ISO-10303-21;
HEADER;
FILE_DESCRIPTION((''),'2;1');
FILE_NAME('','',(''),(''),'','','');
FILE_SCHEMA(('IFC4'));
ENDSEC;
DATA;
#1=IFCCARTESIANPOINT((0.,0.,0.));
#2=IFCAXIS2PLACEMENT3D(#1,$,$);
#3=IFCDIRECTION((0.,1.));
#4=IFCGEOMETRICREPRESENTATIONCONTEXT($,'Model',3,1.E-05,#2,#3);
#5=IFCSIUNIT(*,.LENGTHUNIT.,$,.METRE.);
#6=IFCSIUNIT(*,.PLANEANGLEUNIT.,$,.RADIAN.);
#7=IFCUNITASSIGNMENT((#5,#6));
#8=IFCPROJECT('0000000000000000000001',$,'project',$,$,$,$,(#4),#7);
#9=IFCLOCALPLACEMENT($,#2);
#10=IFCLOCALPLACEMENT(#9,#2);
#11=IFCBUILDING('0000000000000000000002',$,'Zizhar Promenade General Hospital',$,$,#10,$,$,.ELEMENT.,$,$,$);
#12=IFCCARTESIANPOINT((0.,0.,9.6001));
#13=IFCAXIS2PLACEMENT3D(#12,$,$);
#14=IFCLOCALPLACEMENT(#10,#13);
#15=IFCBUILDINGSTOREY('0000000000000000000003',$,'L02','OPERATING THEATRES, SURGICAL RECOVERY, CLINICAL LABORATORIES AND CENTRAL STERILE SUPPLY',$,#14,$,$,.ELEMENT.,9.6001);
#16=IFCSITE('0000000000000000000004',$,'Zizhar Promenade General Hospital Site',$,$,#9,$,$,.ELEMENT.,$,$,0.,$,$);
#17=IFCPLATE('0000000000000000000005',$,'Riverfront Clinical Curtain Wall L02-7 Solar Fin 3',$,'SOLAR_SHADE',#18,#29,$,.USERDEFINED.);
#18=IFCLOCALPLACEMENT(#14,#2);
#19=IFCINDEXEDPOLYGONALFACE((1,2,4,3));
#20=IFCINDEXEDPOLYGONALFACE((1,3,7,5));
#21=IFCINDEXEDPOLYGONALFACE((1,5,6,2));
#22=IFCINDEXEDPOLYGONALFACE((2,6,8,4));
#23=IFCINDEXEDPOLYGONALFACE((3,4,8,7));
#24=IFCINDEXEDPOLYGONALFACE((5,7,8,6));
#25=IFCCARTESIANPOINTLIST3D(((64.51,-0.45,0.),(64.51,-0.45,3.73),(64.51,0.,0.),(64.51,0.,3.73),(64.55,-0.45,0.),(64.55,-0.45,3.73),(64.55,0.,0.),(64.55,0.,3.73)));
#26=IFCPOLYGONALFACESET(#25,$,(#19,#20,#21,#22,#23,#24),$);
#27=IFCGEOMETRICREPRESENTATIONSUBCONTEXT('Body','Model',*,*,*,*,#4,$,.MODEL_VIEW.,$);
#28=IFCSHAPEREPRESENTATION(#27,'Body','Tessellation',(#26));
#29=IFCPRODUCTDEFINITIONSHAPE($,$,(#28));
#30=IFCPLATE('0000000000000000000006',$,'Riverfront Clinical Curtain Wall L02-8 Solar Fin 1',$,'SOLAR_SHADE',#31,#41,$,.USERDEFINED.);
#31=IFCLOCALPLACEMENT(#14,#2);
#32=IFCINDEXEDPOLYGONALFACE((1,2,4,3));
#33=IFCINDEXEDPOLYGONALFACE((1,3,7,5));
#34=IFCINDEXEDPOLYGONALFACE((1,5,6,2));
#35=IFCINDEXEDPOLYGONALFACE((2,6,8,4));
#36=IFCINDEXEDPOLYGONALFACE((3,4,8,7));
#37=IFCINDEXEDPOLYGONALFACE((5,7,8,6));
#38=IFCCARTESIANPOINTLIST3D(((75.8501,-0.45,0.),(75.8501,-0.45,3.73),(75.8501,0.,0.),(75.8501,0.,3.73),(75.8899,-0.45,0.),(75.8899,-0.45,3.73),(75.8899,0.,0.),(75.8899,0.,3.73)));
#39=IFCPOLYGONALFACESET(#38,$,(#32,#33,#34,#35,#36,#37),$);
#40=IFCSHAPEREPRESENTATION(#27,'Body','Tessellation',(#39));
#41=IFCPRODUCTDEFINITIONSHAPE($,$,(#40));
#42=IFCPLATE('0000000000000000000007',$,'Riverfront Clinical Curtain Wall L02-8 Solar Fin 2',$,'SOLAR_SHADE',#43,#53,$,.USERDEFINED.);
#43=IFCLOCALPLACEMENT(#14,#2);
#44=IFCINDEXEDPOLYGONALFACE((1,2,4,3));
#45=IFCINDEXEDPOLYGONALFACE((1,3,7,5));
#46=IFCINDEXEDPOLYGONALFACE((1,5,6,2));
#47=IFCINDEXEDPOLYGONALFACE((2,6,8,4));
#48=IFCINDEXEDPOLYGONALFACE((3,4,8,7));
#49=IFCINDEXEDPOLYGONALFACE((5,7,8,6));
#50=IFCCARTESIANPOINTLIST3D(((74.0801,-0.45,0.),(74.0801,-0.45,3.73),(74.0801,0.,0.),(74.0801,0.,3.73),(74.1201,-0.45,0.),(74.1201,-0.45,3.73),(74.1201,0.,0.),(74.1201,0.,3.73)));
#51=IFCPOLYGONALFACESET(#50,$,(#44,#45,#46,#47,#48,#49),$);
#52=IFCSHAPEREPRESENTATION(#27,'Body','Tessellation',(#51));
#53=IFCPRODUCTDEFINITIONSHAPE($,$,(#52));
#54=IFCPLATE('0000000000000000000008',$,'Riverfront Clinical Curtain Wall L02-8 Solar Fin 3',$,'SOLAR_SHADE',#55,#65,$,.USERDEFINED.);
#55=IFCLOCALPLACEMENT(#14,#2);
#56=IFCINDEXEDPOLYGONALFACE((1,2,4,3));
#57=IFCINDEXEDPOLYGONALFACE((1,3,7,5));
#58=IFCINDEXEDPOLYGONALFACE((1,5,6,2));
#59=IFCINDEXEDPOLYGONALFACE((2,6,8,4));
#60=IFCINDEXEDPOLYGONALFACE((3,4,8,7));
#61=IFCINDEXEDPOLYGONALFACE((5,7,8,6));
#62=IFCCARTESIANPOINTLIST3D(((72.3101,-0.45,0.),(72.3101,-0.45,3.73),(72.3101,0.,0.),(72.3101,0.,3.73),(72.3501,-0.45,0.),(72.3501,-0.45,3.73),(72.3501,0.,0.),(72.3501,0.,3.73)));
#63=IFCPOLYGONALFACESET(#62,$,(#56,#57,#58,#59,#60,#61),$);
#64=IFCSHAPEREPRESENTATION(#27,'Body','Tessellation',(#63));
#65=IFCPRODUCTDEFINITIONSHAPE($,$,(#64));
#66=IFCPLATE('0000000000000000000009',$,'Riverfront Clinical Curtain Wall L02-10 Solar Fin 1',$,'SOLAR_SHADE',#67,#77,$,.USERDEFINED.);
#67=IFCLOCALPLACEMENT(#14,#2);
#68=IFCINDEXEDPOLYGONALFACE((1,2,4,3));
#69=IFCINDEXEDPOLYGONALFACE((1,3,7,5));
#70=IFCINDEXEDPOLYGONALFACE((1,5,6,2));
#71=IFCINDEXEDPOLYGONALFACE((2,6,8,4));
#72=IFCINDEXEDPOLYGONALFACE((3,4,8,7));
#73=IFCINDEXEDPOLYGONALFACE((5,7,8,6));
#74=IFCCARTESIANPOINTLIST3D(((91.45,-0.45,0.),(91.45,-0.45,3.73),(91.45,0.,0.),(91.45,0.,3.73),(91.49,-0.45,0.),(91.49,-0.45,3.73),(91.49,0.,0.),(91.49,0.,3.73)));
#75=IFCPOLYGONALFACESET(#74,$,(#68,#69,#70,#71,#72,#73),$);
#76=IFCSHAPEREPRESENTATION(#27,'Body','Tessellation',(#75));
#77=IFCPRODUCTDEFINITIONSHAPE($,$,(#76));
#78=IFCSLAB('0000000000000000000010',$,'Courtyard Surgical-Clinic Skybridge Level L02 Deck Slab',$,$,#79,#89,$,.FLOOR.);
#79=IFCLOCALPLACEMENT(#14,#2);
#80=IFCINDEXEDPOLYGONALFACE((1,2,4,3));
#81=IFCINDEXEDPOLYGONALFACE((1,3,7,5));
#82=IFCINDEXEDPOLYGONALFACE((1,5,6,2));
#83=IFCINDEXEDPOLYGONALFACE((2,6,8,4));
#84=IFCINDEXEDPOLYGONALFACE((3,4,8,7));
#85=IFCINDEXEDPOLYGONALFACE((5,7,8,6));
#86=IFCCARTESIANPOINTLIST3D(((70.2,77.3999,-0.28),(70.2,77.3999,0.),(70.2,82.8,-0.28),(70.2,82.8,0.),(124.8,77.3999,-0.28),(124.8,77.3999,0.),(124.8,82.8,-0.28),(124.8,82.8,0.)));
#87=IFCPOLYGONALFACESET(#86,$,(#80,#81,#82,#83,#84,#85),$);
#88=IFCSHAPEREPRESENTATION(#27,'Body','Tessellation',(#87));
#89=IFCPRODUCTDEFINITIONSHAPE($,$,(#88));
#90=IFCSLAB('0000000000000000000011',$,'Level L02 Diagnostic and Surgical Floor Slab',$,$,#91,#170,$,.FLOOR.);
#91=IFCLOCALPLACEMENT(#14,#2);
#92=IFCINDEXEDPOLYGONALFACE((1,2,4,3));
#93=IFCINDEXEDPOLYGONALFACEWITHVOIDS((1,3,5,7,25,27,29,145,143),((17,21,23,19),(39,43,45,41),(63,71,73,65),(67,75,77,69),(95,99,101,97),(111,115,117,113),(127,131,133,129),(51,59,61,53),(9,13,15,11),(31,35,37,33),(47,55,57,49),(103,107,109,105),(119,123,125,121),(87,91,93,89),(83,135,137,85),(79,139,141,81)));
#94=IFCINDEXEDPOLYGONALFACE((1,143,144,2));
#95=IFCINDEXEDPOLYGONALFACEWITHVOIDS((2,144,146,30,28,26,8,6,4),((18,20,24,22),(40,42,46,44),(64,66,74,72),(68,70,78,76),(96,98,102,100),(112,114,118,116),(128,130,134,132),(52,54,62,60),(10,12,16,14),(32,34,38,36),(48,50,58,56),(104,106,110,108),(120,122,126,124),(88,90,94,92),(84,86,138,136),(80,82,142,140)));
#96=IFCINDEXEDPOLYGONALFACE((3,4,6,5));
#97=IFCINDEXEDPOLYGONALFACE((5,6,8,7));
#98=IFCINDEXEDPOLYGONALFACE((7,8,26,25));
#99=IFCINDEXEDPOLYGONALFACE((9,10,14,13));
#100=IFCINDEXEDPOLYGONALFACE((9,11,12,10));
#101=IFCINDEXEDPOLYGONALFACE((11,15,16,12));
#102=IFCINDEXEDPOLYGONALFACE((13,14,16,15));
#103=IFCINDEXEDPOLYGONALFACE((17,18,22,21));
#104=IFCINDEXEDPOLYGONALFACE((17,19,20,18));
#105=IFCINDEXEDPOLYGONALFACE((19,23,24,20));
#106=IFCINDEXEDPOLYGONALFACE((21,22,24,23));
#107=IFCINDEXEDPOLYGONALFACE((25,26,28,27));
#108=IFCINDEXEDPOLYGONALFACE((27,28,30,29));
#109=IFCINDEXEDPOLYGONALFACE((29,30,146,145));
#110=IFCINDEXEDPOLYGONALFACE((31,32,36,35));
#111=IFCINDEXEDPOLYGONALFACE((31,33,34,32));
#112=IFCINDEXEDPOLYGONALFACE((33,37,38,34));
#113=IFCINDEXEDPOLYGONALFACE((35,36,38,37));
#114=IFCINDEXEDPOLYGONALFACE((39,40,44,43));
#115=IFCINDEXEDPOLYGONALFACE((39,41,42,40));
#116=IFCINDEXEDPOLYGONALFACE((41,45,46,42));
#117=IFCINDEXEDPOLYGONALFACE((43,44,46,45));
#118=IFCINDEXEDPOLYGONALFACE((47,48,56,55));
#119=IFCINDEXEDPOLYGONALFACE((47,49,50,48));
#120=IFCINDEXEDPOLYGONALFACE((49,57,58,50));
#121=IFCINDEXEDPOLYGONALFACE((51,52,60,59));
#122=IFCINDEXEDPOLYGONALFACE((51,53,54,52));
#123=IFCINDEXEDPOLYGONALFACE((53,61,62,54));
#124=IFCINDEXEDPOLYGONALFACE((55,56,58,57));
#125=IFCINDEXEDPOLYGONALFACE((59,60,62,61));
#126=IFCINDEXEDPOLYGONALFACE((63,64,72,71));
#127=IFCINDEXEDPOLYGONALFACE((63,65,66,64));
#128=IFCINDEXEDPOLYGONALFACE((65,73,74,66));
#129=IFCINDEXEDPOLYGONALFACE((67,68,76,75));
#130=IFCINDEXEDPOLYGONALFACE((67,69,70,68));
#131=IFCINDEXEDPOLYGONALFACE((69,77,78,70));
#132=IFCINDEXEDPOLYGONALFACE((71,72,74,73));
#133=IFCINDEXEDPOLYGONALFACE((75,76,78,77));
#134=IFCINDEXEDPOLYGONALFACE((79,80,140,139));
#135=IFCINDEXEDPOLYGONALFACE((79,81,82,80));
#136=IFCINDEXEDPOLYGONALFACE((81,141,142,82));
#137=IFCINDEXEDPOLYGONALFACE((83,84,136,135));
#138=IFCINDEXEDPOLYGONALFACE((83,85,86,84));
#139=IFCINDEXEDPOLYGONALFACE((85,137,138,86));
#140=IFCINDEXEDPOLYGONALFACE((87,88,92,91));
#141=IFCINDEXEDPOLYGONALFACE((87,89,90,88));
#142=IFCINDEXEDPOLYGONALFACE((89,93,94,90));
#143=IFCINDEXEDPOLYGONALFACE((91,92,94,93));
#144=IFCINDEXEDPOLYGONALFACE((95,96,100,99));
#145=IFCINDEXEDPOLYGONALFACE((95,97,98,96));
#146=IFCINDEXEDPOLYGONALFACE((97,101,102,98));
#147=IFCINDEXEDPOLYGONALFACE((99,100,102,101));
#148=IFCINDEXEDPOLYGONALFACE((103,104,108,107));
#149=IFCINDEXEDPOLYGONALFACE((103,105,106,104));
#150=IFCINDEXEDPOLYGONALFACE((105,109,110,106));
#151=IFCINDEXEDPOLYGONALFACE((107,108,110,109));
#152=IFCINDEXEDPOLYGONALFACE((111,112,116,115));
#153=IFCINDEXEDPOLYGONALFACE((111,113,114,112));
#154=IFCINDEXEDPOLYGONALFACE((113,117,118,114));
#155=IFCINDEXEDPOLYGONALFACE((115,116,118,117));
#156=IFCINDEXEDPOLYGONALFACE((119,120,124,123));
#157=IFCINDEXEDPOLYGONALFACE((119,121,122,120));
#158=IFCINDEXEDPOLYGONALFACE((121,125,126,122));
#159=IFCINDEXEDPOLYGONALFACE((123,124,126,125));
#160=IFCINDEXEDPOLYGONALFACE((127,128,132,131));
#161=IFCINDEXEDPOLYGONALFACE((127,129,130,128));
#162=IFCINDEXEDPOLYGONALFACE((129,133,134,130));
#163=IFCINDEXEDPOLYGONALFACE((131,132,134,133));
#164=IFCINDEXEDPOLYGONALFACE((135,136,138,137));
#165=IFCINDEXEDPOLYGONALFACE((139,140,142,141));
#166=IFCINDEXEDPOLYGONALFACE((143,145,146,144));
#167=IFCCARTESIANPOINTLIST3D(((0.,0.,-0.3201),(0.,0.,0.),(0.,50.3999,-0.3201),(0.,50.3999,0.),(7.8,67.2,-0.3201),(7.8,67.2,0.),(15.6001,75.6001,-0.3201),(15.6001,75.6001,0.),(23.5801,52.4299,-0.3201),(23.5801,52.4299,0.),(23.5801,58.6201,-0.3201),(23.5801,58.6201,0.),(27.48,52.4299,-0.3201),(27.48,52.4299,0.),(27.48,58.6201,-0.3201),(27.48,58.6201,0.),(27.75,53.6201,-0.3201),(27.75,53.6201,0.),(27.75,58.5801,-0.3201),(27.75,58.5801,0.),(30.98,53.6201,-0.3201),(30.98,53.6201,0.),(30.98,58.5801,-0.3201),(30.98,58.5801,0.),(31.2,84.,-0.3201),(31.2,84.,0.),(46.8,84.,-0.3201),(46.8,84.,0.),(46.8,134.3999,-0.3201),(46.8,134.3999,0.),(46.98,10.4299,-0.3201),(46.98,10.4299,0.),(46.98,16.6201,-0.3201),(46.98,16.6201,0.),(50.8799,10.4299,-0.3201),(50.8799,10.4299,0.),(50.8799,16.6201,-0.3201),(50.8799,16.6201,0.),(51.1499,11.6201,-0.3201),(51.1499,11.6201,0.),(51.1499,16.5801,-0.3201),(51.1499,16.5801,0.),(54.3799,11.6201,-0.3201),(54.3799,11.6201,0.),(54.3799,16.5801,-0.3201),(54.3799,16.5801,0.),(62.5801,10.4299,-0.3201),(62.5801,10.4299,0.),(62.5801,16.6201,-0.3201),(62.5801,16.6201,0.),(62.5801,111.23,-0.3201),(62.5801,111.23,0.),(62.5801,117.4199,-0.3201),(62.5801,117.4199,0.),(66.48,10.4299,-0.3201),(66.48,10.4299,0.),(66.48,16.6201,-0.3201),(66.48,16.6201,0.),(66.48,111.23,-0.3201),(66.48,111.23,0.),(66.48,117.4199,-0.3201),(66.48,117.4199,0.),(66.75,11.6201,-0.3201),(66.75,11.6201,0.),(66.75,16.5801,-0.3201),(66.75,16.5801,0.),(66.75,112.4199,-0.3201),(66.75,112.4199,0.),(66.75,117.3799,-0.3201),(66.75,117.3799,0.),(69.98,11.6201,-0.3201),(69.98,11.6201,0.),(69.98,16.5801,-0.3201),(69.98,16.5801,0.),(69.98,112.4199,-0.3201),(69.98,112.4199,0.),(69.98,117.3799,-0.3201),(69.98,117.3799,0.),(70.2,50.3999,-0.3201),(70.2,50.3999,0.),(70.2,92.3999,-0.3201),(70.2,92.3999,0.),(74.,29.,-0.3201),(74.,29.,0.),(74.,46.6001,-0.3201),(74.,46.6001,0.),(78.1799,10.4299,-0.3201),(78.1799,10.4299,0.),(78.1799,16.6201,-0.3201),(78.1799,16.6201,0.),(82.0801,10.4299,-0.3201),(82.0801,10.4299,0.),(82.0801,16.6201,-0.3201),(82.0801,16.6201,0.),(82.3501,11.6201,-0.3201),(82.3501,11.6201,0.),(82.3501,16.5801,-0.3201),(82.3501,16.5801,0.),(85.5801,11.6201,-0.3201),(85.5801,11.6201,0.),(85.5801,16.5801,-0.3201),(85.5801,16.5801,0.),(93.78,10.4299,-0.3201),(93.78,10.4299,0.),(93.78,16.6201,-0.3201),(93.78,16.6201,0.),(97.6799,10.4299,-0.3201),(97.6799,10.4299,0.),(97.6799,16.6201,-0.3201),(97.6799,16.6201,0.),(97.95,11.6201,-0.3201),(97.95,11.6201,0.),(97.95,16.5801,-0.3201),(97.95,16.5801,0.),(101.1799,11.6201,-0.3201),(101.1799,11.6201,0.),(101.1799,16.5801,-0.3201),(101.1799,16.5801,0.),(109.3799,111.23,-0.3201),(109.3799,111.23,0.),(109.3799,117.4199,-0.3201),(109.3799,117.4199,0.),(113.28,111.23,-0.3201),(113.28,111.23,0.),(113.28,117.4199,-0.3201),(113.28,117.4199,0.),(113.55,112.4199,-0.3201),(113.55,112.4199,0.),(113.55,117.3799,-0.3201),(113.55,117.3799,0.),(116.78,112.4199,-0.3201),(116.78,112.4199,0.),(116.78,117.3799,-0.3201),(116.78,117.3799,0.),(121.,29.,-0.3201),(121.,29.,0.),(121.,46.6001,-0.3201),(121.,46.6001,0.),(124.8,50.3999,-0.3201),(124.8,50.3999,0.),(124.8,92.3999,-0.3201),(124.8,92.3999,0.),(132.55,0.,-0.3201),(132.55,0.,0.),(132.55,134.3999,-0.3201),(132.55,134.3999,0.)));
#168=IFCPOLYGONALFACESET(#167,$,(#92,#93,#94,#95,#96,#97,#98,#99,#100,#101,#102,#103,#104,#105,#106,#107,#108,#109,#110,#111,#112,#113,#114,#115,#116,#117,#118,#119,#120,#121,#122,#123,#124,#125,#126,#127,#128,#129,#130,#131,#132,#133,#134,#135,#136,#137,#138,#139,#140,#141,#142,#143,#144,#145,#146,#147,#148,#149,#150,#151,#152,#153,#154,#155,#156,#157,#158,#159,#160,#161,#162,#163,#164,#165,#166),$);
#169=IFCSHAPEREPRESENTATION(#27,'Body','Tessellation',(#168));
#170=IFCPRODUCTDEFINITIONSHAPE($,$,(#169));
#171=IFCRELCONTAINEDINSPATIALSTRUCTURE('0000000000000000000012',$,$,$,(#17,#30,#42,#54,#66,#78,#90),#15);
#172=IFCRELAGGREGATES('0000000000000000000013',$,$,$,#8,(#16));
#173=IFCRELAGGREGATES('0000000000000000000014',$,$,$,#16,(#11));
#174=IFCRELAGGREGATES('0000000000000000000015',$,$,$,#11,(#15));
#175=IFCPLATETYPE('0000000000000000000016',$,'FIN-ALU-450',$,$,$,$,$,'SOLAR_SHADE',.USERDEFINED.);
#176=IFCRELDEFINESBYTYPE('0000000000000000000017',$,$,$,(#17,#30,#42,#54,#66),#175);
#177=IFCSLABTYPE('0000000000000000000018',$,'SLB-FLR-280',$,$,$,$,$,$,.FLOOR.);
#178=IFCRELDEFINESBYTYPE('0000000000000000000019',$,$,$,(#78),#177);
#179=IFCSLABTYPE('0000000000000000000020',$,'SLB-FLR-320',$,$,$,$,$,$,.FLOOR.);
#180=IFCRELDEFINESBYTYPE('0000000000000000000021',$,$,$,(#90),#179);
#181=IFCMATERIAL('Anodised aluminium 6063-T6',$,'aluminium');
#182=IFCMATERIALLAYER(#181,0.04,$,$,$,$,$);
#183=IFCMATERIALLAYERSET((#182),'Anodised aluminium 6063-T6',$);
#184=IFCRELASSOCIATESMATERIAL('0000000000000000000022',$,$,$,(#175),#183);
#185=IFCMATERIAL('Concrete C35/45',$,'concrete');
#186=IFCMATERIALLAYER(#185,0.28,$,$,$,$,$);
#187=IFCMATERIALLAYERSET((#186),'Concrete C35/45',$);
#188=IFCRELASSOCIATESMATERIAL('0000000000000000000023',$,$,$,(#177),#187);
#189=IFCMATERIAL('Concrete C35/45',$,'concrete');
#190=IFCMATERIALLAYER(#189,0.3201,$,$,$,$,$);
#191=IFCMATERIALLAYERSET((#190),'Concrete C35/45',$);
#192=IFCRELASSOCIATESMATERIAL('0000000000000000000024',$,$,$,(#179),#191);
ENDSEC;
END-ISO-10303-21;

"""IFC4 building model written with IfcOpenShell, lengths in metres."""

from ifc_helpers import new_model, si_unit, direction, frame, origin, place, context, subcontext, project, spatial, polyline, outline, extrude, material, layer, layer_set, type_object, element, save


model = new_model("IFC4")

# Units and contexts
model_context = context("Model", 3, precision=1e-05, world=origin(), true_north=direction((0.0, 1.0)))
body_context = subcontext(model_context, "Body", "Model", "MODEL_VIEW")
ifc_project = project(units=[si_unit("LENGTHUNIT", "METRE"), si_unit("PLANEANGLEUNIT", "RADIAN")], contexts=[model_context])

# Site, building, storey
site_placement = place(None, origin())
site = spatial("IfcSite", under=ifc_project, at=site_placement, Name="Zizhar Promenade General Hospital Site", CompositionType="ELEMENT", RefElevation=0.0)
building_placement = place(site_placement, origin())
building = spatial("IfcBuilding", under=site, at=building_placement, Name="Zizhar Promenade General Hospital", CompositionType="ELEMENT")
storey_placement = place(building_placement, frame((0.0, 0.0, 9.6001)))
storey = spatial("IfcBuildingStorey", under=building, at=storey_placement, Name="L02", Description="OPERATING THEATRES, SURGICAL RECOVERY, CLINICAL LABORATORIES AND CENTRAL STERILE SUPPLY", CompositionType="ELEMENT", Elevation=9.6001)

# Plates
ifc_material_1 = material(Name="Anodised aluminium 6063-T6", Category="aluminium")
ifc_layer_1 = layer(ifc_material_1, 0.04)
ifc_layer_set_1 = layer_set([ifc_layer_1], Name="Anodised aluminium 6063-T6")
plate_type = type_object("IfcPlateType", Name="FIN-ALU-450", ElementType="SOLAR_SHADE", PredefinedType="USERDEFINED", material=ifc_layer_set_1)
plate_1_placement = place(storey_placement, origin())
element("IfcPlate", 1, at=plate_1_placement, inside=storey, type_object=plate_type, Name="Riverfront Clinical Curtain Wall L02-7 Solar Fin 3", ObjectType="SOLAR_SHADE", PredefinedType="USERDEFINED", context=body_context, shape_type="SweptSolid", body=[
    extrude(outline(polyline([(64.55, 0.0), (64.51, 0.0), (64.51, -0.45), (64.55, -0.45), (64.55, 0.0)])), origin(), (0.0, 0.0, 1.0), 3.73),
])
plate_2_placement = place(storey_placement, origin())
element("IfcPlate", 2, at=plate_2_placement, inside=storey, type_object=plate_type, Name="Riverfront Clinical Curtain Wall L02-8 Solar Fin 1", ObjectType="SOLAR_SHADE", PredefinedType="USERDEFINED", context=body_context, shape_type="SweptSolid", body=[
    extrude(outline(polyline([(75.8899, 0.0), (75.8501, 0.0), (75.8501, -0.45), (75.8899, -0.45), (75.8899, 0.0)])), origin(), (0.0, 0.0, 1.0), 3.73),
])
plate_3_placement = place(storey_placement, origin())
element("IfcPlate", 3, at=plate_3_placement, inside=storey, type_object=plate_type, Name="Riverfront Clinical Curtain Wall L02-8 Solar Fin 2", ObjectType="SOLAR_SHADE", PredefinedType="USERDEFINED", context=body_context, shape_type="SweptSolid", body=[
    extrude(outline(polyline([(74.1201, 0.0), (74.0801, 0.0), (74.0801, -0.45), (74.1201, -0.45), (74.1201, 0.0)])), origin(), (0.0, 0.0, 1.0), 3.73),
])
plate_4_placement = place(storey_placement, origin())
element("IfcPlate", 4, at=plate_4_placement, inside=storey, type_object=plate_type, Name="Riverfront Clinical Curtain Wall L02-8 Solar Fin 3", ObjectType="SOLAR_SHADE", PredefinedType="USERDEFINED", context=body_context, shape_type="SweptSolid", body=[
    extrude(outline(polyline([(72.3501, 0.0), (72.3101, 0.0), (72.3101, -0.45), (72.3501, -0.45), (72.3501, 0.0)])), origin(), (0.0, 0.0, 1.0), 3.73),
])
plate_5_placement = place(storey_placement, origin())
element("IfcPlate", 5, at=plate_5_placement, inside=storey, type_object=plate_type, Name="Riverfront Clinical Curtain Wall L02-10 Solar Fin 1", ObjectType="SOLAR_SHADE", PredefinedType="USERDEFINED", context=body_context, shape_type="SweptSolid", body=[
    extrude(outline(polyline([(91.49, 0.0), (91.45, 0.0), (91.45, -0.45), (91.49, -0.45), (91.49, 0.0)])), origin(), (0.0, 0.0, 1.0), 3.73),
])

# Slabs
ifc_material_2 = material(Name="Concrete C35/45", Category="concrete")
ifc_layer_2 = layer(ifc_material_2, 0.28)
ifc_layer_set_2 = layer_set([ifc_layer_2], Name="Concrete C35/45")
slab_type_1 = type_object("IfcSlabType", Name="SLB-FLR-280", PredefinedType="FLOOR", material=ifc_layer_set_2)
slab_1_placement = place(storey_placement, frame((0.0, 0.0, -0.28)))
element("IfcSlab", 6, at=slab_1_placement, inside=storey, type_object=slab_type_1, Name="Courtyard Surgical-Clinic Skybridge Level L02 Deck Slab", PredefinedType="FLOOR", context=body_context, shape_type="SweptSolid", body=[
    extrude(outline(polyline([(70.2, 77.3999), (124.8, 77.3999), (124.8, 82.8), (70.2, 82.8), (70.2, 77.3999)])), origin(), (0.0, 0.0, 1.0), 0.28),
])
ifc_material_3 = material(Name="Concrete C35/45", Category="concrete")
ifc_layer_3 = layer(ifc_material_3, 0.3201)
ifc_layer_set_3 = layer_set([ifc_layer_3], Name="Concrete C35/45")
slab_type_2 = type_object("IfcSlabType", Name="SLB-FLR-320", PredefinedType="FLOOR", material=ifc_layer_set_3)
slab_2_placement = place(storey_placement, frame((0.0, 0.0, -0.3201)))
element("IfcSlab", 7, at=slab_2_placement, inside=storey, type_object=slab_type_2, Name="Level L02 Diagnostic and Surgical Floor Slab", PredefinedType="FLOOR", context=body_context, shape_type="SweptSolid", body=[
    extrude(outline(polyline([(0.0, 0.0), (132.55, 0.0), (132.55, 134.3999), (46.8, 134.3999), (46.8, 84.0), (31.2, 84.0), (15.6001, 75.6001), (7.8, 67.2), (0.0, 50.3999), (0.0, 0.0)]), holes=[polyline([(70.2, 50.3999), (70.2, 92.3999), (124.8, 92.3999), (124.8, 50.3999), (70.2, 50.3999)]), polyline([(74.0, 29.0), (74.0, 46.6001), (121.0, 46.6001), (121.0, 29.0), (74.0, 29.0)]), polyline([(23.5801, 52.4299), (23.5801, 58.6201), (27.48, 58.6201), (27.48, 52.4299), (23.5801, 52.4299)]), polyline([(27.75, 53.6201), (27.75, 58.5801), (30.98, 58.5801), (30.98, 53.6201), (27.75, 53.6201)]), polyline([(46.98, 10.4299), (46.98, 16.6201), (50.8799, 16.6201), (50.8799, 10.4299), (46.98, 10.4299)]), polyline([(51.1499, 11.6201), (51.1499, 16.5801), (54.3799, 16.5801), (54.3799, 11.6201), (51.1499, 11.6201)]), polyline([(62.5801, 10.4299), (62.5801, 16.6201), (66.48, 16.6201), (66.48, 10.4299), (62.5801, 10.4299)]), polyline([(66.75, 11.6201), (66.75, 16.5801), (69.98, 16.5801), (69.98, 11.6201), (66.75, 11.6201)]), polyline([(78.1799, 10.4299), (78.1799, 16.6201), (82.0801, 16.6201), (82.0801, 10.4299), (78.1799, 10.4299)]), polyline([(82.3501, 11.6201), (82.3501, 16.5801), (85.5801, 16.5801), (85.5801, 11.6201), (82.3501, 11.6201)]), polyline([(93.78, 10.4299), (93.78, 16.6201), (97.6799, 16.6201), (97.6799, 10.4299), (93.78, 10.4299)]), polyline([(97.95, 11.6201), (97.95, 16.5801), (101.1799, 16.5801), (101.1799, 11.6201), (97.95, 11.6201)]), polyline([(62.5801, 111.23), (62.5801, 117.4199), (66.48, 117.4199), (66.48, 111.23), (62.5801, 111.23)]), polyline([(66.75, 112.4199), (66.75, 117.3799), (69.98, 117.3799), (69.98, 112.4199), (66.75, 112.4199)]), polyline([(109.3799, 111.23), (109.3799, 117.4199), (113.28, 117.4199), (113.28, 111.23), (109.3799, 111.23)]), polyline([(113.55, 112.4199), (113.55, 117.3799), (116.78, 117.3799), (116.78, 112.4199), (113.55, 112.4199)])]), origin(), (0.0, 0.0, 1.0), 0.3201),
])

save(model, "model.ifc")
